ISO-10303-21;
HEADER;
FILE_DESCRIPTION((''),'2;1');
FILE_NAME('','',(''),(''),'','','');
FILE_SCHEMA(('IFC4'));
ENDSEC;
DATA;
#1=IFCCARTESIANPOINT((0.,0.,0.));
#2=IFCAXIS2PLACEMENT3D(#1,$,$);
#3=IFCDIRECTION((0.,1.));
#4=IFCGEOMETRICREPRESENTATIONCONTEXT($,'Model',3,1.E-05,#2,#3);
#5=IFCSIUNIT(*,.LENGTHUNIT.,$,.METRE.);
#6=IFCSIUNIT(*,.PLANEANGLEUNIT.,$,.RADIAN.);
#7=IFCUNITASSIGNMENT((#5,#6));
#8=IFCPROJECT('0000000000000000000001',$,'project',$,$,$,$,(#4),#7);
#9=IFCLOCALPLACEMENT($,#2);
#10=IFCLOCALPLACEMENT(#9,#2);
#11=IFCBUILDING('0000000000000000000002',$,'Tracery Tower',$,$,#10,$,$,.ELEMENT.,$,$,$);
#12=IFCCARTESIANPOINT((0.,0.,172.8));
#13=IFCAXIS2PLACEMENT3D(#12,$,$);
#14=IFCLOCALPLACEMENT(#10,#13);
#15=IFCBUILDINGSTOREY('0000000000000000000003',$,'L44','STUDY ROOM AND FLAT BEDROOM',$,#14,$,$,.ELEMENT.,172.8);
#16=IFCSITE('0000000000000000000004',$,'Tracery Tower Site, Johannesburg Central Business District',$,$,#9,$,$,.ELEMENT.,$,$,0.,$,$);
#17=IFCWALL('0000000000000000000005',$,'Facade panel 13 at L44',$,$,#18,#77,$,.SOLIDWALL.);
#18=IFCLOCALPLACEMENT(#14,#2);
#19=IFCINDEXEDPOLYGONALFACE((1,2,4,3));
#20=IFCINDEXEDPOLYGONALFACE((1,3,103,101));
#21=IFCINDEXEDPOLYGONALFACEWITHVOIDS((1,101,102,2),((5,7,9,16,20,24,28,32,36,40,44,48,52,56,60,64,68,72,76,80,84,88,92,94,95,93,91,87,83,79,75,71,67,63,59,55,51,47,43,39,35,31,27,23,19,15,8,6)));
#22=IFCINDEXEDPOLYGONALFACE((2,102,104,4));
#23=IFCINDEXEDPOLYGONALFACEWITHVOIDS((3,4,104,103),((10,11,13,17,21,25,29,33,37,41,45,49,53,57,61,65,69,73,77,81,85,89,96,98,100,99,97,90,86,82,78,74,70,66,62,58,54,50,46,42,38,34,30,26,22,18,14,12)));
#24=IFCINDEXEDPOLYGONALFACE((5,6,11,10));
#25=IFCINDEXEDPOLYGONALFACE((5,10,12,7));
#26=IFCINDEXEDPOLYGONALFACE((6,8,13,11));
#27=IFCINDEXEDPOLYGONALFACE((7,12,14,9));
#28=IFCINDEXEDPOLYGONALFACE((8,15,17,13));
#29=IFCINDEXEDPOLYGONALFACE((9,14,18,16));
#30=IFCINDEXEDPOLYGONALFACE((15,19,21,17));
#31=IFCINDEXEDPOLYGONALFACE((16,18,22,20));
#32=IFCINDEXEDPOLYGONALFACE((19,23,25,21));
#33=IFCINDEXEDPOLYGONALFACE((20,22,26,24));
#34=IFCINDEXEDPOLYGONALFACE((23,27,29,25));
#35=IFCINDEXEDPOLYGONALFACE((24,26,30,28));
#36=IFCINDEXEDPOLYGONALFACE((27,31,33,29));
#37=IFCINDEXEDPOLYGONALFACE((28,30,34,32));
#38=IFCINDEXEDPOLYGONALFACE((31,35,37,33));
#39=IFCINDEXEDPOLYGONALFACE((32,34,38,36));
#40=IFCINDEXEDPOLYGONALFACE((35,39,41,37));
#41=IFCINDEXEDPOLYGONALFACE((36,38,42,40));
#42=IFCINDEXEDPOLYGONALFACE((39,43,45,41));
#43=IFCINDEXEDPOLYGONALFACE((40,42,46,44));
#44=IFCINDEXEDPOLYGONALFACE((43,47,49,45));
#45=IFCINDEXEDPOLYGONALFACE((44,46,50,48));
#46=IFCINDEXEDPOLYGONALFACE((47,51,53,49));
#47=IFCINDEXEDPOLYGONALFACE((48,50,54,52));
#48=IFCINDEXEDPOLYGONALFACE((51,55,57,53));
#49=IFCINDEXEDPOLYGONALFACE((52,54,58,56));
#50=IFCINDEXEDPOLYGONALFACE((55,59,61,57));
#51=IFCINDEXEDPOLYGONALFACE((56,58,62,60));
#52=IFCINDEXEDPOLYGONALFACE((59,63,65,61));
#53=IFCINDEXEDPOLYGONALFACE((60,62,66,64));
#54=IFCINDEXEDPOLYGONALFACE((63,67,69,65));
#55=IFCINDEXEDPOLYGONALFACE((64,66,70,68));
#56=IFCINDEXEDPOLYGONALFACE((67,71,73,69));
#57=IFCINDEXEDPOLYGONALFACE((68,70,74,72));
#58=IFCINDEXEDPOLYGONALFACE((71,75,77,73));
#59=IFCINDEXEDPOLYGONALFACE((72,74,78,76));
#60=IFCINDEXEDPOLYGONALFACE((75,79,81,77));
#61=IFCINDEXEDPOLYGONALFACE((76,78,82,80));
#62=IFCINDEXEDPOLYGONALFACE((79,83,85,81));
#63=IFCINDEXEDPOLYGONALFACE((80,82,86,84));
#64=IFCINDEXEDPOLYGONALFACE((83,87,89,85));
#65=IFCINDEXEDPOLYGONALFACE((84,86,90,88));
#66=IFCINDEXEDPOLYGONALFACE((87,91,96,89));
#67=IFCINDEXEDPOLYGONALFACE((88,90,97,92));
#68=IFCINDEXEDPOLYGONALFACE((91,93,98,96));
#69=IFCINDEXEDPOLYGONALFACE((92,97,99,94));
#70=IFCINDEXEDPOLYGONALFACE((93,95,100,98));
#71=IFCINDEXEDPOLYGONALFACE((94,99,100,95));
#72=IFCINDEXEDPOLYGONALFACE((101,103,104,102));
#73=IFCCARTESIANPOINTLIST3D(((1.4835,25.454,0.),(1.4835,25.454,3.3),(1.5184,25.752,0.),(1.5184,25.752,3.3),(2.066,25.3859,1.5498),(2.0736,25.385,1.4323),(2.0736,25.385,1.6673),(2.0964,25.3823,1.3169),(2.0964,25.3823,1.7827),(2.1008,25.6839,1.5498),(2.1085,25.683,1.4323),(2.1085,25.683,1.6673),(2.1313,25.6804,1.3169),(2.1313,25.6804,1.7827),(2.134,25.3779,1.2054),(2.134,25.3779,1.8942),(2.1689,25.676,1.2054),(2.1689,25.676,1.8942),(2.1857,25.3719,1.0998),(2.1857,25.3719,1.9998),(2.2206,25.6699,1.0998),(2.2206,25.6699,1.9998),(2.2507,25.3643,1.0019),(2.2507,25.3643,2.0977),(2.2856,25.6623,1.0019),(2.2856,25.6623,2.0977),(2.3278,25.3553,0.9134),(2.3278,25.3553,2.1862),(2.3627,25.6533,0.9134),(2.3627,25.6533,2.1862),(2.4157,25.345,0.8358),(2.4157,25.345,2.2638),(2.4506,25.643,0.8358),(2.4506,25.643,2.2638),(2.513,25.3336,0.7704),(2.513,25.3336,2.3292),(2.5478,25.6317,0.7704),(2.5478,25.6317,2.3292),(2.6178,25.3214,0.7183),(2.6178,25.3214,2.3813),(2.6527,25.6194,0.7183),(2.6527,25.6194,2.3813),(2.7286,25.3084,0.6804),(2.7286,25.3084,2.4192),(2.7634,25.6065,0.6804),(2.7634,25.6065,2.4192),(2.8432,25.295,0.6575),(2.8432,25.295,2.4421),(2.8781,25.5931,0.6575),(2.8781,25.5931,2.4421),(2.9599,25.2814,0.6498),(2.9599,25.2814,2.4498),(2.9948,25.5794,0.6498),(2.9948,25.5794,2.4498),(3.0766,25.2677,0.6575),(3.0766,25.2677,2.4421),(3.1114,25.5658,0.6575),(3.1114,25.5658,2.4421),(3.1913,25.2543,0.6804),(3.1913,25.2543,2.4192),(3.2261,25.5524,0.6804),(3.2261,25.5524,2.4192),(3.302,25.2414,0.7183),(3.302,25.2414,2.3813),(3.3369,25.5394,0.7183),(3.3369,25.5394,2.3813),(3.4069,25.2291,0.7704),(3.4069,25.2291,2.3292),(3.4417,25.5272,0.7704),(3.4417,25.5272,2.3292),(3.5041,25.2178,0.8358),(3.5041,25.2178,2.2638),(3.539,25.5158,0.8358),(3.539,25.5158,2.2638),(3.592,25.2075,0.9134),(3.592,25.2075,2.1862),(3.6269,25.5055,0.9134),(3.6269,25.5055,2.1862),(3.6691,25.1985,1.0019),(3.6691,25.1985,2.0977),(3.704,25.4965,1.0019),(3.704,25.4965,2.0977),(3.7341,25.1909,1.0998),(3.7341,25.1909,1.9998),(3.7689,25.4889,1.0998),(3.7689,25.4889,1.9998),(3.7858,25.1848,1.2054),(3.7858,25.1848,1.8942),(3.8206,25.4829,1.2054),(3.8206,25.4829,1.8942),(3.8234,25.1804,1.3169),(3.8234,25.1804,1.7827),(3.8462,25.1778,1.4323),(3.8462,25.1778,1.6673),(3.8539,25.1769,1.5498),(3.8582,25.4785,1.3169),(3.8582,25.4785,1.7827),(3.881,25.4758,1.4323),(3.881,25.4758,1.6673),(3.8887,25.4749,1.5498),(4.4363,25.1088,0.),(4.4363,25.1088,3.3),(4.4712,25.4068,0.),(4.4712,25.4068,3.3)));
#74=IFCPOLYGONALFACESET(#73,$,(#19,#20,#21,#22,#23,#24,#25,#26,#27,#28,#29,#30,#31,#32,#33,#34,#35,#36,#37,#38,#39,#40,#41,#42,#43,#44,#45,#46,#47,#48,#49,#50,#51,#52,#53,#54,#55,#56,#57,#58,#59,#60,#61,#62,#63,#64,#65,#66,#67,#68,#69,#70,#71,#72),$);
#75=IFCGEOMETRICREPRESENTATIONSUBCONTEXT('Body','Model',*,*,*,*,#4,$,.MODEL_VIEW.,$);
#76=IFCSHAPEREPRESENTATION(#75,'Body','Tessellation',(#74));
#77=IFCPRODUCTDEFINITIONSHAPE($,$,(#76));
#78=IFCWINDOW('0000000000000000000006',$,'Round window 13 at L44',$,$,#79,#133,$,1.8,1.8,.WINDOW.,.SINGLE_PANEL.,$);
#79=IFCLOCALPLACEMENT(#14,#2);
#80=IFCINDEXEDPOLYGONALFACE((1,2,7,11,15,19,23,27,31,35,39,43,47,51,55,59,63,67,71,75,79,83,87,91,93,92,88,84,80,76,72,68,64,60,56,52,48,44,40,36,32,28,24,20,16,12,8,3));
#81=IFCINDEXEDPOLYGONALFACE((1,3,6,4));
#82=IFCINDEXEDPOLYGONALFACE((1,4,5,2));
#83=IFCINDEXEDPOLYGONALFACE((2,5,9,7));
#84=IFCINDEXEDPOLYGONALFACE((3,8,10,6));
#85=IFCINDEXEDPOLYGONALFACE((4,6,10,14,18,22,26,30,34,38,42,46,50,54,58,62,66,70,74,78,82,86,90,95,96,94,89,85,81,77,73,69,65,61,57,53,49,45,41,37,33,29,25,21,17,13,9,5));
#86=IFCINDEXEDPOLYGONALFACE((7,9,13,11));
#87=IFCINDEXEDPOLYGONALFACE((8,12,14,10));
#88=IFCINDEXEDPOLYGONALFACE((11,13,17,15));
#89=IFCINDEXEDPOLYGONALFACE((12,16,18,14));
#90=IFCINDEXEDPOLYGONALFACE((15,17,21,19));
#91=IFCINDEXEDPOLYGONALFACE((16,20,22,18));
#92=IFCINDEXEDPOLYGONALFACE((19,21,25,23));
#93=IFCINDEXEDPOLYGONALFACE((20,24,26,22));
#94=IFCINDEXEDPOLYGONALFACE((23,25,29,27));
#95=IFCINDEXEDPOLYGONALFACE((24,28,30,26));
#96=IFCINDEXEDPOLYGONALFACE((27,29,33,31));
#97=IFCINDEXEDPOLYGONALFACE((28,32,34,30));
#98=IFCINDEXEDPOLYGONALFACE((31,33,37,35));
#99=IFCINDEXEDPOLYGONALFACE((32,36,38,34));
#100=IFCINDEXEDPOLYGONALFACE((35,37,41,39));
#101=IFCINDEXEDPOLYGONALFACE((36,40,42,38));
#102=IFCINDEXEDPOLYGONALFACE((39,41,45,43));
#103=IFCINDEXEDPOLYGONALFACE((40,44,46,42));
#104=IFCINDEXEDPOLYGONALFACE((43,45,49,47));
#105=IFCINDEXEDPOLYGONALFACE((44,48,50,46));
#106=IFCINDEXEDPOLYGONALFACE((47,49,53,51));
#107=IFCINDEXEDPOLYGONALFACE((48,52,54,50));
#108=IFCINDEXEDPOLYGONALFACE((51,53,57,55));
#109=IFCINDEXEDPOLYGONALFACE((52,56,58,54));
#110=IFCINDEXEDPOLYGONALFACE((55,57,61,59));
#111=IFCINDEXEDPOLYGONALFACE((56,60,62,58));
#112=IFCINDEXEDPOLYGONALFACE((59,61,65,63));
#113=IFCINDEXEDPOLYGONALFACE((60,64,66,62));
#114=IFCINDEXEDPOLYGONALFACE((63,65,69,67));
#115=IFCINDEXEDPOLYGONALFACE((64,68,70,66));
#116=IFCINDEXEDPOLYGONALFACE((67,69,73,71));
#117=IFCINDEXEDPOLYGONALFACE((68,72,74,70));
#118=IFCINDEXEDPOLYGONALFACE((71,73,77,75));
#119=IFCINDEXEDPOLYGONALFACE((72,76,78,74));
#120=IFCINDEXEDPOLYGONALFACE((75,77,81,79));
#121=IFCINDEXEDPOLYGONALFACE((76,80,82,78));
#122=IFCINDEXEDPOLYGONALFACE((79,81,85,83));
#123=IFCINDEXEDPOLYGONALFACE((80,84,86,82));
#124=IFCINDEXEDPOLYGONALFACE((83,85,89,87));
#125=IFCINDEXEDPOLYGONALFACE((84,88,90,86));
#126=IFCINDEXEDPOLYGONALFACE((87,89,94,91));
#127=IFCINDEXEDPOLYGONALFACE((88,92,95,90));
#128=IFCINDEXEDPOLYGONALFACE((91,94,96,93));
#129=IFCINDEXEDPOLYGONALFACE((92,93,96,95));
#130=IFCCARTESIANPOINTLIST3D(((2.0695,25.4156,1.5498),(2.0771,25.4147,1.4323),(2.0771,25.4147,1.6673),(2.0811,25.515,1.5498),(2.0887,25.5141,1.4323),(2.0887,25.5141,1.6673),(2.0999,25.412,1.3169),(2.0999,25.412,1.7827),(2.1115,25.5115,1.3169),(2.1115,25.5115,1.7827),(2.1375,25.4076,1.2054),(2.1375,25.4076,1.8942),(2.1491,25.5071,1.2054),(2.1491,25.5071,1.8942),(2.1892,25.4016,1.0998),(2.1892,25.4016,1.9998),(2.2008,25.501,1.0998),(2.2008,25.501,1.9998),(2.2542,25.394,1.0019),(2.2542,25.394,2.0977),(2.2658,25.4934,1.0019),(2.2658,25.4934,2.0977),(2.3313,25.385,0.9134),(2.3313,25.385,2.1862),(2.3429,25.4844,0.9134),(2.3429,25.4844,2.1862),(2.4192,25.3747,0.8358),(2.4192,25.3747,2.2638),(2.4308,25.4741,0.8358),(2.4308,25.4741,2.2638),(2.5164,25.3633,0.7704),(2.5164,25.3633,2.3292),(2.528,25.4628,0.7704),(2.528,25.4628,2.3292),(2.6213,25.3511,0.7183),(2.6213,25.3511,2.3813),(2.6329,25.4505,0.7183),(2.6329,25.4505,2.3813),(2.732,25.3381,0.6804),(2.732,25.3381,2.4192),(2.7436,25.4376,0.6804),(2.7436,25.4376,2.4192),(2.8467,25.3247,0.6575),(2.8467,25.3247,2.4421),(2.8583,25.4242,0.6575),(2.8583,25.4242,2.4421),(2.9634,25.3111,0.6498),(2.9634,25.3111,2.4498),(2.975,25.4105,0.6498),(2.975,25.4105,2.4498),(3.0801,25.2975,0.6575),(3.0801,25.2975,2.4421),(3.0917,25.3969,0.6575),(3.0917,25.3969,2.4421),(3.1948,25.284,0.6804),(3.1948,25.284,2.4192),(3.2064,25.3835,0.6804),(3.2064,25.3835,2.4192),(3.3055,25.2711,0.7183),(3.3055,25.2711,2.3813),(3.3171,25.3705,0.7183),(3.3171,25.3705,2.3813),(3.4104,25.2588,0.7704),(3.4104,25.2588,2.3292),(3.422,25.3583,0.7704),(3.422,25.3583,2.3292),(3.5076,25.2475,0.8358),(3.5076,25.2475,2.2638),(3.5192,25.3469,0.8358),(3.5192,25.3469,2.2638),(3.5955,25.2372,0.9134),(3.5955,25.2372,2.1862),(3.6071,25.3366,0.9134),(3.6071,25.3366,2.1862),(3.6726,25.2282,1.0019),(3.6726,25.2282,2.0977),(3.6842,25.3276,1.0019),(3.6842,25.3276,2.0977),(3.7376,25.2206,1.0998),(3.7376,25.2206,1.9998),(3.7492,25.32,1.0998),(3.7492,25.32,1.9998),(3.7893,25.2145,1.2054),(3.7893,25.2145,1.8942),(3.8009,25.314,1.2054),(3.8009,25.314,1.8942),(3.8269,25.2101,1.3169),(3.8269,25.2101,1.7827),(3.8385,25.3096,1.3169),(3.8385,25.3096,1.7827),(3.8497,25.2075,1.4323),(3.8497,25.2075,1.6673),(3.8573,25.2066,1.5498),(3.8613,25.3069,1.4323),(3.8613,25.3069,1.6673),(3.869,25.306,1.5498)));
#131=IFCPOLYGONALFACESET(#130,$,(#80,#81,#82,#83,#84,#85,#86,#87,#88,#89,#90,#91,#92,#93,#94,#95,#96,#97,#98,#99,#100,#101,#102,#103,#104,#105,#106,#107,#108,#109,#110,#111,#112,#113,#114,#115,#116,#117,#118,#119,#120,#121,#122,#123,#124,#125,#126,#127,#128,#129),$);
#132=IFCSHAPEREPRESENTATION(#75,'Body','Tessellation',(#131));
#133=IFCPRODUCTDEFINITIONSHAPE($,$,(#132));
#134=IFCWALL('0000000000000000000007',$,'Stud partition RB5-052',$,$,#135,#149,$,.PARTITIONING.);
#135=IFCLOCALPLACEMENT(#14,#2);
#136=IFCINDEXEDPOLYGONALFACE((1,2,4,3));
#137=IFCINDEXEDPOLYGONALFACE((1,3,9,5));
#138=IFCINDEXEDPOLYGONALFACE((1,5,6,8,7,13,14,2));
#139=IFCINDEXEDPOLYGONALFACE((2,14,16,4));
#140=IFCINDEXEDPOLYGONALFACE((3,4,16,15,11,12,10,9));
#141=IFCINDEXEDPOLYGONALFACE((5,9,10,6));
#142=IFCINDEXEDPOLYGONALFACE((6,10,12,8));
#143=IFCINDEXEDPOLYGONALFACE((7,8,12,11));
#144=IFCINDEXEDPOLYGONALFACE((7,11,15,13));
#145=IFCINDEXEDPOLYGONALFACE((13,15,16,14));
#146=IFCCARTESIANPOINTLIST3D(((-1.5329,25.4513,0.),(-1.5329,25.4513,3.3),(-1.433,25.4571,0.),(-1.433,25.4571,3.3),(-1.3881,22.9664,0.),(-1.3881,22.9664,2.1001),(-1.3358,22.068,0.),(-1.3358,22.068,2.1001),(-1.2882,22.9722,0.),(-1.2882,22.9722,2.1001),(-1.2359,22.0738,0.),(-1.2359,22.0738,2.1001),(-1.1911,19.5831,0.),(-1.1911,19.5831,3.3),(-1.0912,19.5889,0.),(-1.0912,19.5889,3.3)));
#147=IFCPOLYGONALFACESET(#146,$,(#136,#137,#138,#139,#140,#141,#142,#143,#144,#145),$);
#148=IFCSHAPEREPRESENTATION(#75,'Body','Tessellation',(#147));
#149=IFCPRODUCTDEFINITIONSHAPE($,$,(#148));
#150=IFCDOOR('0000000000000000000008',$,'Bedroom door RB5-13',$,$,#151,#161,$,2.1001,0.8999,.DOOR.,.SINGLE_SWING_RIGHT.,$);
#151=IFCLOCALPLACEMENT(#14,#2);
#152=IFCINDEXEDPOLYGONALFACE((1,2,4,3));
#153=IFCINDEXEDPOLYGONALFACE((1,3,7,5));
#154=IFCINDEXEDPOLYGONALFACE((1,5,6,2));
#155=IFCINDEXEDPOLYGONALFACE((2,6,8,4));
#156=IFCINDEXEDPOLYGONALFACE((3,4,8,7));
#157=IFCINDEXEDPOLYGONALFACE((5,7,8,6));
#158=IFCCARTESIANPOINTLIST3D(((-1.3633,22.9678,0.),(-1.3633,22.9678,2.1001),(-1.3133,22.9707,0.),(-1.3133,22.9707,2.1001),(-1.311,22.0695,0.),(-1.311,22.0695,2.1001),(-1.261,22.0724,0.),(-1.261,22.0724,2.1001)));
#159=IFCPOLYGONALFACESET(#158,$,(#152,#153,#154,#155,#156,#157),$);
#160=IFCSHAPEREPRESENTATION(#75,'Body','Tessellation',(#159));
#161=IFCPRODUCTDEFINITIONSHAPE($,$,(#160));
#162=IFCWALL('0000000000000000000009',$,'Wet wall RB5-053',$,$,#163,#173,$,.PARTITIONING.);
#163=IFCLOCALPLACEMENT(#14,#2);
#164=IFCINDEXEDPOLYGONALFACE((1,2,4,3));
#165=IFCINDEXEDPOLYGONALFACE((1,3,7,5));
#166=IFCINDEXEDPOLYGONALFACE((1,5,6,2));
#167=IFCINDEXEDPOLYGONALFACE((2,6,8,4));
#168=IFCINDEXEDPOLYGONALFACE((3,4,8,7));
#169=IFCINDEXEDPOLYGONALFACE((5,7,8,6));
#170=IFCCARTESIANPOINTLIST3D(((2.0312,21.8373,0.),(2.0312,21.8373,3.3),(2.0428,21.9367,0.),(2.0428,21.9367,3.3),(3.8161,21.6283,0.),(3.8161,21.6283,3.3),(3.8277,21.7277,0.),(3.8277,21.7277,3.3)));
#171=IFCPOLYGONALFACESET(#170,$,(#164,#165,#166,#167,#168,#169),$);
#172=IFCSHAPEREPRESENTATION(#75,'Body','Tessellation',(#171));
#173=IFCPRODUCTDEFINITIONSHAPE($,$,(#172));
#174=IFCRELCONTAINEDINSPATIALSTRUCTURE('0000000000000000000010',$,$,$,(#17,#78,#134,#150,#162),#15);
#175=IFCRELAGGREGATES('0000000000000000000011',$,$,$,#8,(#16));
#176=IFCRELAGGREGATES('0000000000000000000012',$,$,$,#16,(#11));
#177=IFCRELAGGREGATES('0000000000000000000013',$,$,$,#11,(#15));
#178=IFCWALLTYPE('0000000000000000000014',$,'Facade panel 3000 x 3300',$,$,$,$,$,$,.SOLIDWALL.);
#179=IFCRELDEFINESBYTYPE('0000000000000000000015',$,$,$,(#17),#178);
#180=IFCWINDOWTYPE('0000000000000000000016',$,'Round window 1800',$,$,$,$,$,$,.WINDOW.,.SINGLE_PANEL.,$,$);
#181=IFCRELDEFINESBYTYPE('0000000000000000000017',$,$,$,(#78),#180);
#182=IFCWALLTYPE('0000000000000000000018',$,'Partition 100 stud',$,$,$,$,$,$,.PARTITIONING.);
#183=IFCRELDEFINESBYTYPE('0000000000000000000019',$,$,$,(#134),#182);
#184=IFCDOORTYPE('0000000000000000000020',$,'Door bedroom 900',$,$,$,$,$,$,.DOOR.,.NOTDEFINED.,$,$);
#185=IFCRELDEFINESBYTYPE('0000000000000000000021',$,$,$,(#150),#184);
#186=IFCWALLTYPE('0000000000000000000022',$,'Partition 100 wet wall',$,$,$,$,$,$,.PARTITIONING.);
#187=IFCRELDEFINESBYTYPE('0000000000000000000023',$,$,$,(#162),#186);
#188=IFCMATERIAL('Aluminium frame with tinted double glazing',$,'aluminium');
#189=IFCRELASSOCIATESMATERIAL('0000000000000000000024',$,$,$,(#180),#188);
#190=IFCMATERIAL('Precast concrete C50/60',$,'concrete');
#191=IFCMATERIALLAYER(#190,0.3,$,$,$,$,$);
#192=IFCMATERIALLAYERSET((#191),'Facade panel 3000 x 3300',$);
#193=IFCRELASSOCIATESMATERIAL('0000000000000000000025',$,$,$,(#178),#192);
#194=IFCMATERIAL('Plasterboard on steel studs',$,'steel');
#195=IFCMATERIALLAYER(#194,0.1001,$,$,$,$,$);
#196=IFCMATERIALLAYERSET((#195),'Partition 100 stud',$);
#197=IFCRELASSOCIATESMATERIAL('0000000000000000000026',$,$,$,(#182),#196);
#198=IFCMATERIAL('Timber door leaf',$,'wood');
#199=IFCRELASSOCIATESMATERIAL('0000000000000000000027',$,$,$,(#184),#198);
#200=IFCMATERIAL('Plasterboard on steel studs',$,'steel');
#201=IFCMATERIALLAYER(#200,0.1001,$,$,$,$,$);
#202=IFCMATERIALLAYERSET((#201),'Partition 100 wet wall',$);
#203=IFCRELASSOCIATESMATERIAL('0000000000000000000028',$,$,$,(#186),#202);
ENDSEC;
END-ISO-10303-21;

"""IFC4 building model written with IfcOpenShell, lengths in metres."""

from ifc_helpers import new_model, si_unit, direction, frame, frame_2d, origin, origin_2d, place, context, subcontext, project, spatial, rectangle, circle, extrude, material, layer, layer_set, type_object, element, fill, save


model = new_model("IFC4")

# Units and contexts
model_context = context("Model", 3, precision=1e-05, world=origin(), true_north=direction((0.0, 1.0)))
body_context = subcontext(model_context, "Body", "Model", "MODEL_VIEW")
ifc_project = project(units=[si_unit("LENGTHUNIT", "METRE"), si_unit("PLANEANGLEUNIT", "RADIAN")], contexts=[model_context])

# Site, building, storey
site_placement = place(None, origin())
site = spatial("IfcSite", under=ifc_project, at=site_placement, Name="Tracery Tower Site, Johannesburg Central Business District", CompositionType="ELEMENT", RefElevation=0.0)
building_placement = place(site_placement, origin())
building = spatial("IfcBuilding", under=site, at=building_placement, Name="Tracery Tower", CompositionType="ELEMENT")
storey_placement = place(building_placement, frame((0.0, 0.0, 172.8)))
storey = spatial("IfcBuildingStorey", under=building, at=storey_placement, Name="L44", Description="STUDY ROOM AND FLAT BEDROOM", CompositionType="ELEMENT", Elevation=172.8)

# Wall, opening, window
ifc_material_1 = material(Name="Aluminium frame with tinted double glazing", Category="aluminium")
window_type = type_object("IfcWindowType", Name="Round window 1800", PartitioningType="SINGLE_PANEL", PredefinedType="WINDOW", material=ifc_material_1)
ifc_material_2 = material(Name="Precast concrete C50/60", Category="concrete")
ifc_layer_1 = layer(ifc_material_2, 0.3)
ifc_layer_set_1 = layer_set([ifc_layer_1], Name="Facade panel 3000 x 3300")
wall_type_1 = type_object("IfcWallType", Name="Facade panel 3000 x 3300", PredefinedType="SOLIDWALL", material=ifc_layer_set_1)
wall_1_placement = place(storey_placement, frame((4.4536, 25.2578, 0.0), z_axis=(0.0, 0.0, 1.0), x_axis=(-0.993236, 0.116117, 0.0)))
wall_1 = element("IfcWall", 1, at=wall_1_placement, inside=storey, type_object=wall_type_1, Name="Facade panel 13 at L44", PredefinedType="SOLIDWALL", context=body_context, shape_type="SweptSolid", body=[
    extrude(rectangle(XDim=2.9729, YDim=0.3, at=frame_2d((1.4863, 0.0))), origin(), (0.0, 0.0, 1.0), 3.3),
])
opening_1_placement = place(wall_1_placement, frame((1.4863, 0.0, 1.5498)))
opening_1 = element("IfcOpeningElement", 2, at=opening_1_placement, cuts=wall_1, PredefinedType="OPENING", context=body_context, shape_type="SweptSolid", body=[
    extrude(circle(Radius=0.9, at=origin_2d()), frame((0.0, 0.1599, 0.0), z_axis=(0.0, -1.0, 0.0), x_axis=(1.0, 0.0, 0.0)), (0.0, 0.0, 1.0), 0.3201),
])
window_1_placement = place(opening_1_placement, origin())
window_1 = element("IfcWindow", 3, at=window_1_placement, inside=storey, type_object=window_type, Name="Round window 13 at L44", OverallHeight=1.8, OverallWidth=1.8, PartitioningType="SINGLE_PANEL", PredefinedType="WINDOW", context=body_context, shape_type="SweptSolid", body=[
    extrude(circle(Radius=0.9, at=origin_2d()), frame((0.0, 0.1201, 0.0), z_axis=(0.0, -1.0, 0.0), x_axis=(1.0, 0.0, 0.0)), (0.0, 0.0, 1.0), 0.1001),
])
fill(opening_1, window_1)

# Wall, opening, door
ifc_material_3 = material(Name="Plasterboard on steel studs", Category="steel")
ifc_layer_2 = layer(ifc_material_3, 0.1001)
ifc_layer_set_2 = layer_set([ifc_layer_2], Name="Partition 100 stud")
wall_type_2 = type_object("IfcWallType", Name="Partition 100 stud", PredefinedType="PARTITIONING", material=ifc_layer_set_2)
wall_2_placement = place(storey_placement, frame((-1.4829, 25.4541, 0.0), z_axis=(0.0, 0.0, 1.0), x_axis=(0.058147, -0.998308, 0.0)))
wall_2 = element("IfcWall", 4, at=wall_2_placement, inside=storey, type_object=wall_type_2, Name="Stud partition RB5-052", PredefinedType="PARTITIONING", context=body_context, shape_type="SweptSolid", body=[
    extrude(rectangle(XDim=5.8782, YDim=0.1001, at=frame_2d((2.939, 0.0))), origin(), (0.0, 0.0, 1.0), 3.3),
])
opening_2_placement = place(wall_2_placement, frame((2.489, 0.0, 0.0)))
opening_2 = element("IfcOpeningElement", 5, at=opening_2_placement, cuts=wall_2, PredefinedType="OPENING", context=body_context, shape_type="SweptSolid", body=[
    extrude(rectangle(XDim=0.8999, YDim=2.1001, at=frame_2d((0.45, 1.05))), frame((0.0, 0.05, 0.0), z_axis=(0.0, -1.0, 0.0), x_axis=(1.0, 0.0, 0.0)), (0.0, 0.0, 1.0), 0.1001),
])
ifc_material_4 = material(Name="Timber door leaf", Category="wood")
door_type_1 = type_object("IfcDoorType", Name="Door bedroom 900", OperationType="NOTDEFINED", PredefinedType="DOOR", material=ifc_material_4)
door_1_placement = place(opening_2_placement, origin())
door_1 = element("IfcDoor", 6, at=door_1_placement, inside=storey, type_object=door_type_1, Name="Bedroom door RB5-13", OperationType="SINGLE_SWING_RIGHT", OverallHeight=2.1001, OverallWidth=0.8999, PredefinedType="DOOR", context=body_context, shape_type="SweptSolid", body=[
    extrude(rectangle(XDim=0.8999, YDim=2.1001, at=frame_2d((0.45, 1.05))), frame((0.0, 0.0249, 0.0), z_axis=(0.0, -1.0, 0.0), x_axis=(1.0, 0.0, 0.0)), (0.0, 0.0, 1.0), 0.05),
])
fill(opening_2, door_1)

# Wall
ifc_material_5 = material(Name="Plasterboard on steel studs", Category="steel")
ifc_layer_3 = layer(ifc_material_5, 0.1001)
ifc_layer_set_3 = layer_set([ifc_layer_3], Name="Partition 100 wet wall")
wall_type_3 = type_object("IfcWallType", Name="Partition 100 wet wall", PredefinedType="PARTITIONING", material=ifc_layer_set_3)
wall_3_placement = place(storey_placement, frame((2.0371, 21.887, 0.0), z_axis=(0.0, 0.0, 1.0), x_axis=(0.993215, -0.116289, 0.0)))
element("IfcWall", 7, at=wall_3_placement, inside=storey, type_object=wall_type_3, Name="Wet wall RB5-053", PredefinedType="PARTITIONING", context=body_context, shape_type="SweptSolid", body=[
    extrude(rectangle(XDim=1.7971, YDim=0.1001, at=frame_2d((0.8984, 0.0))), origin(), (0.0, 0.0, 1.0), 3.3),
])

save(model, "model.ifc")
